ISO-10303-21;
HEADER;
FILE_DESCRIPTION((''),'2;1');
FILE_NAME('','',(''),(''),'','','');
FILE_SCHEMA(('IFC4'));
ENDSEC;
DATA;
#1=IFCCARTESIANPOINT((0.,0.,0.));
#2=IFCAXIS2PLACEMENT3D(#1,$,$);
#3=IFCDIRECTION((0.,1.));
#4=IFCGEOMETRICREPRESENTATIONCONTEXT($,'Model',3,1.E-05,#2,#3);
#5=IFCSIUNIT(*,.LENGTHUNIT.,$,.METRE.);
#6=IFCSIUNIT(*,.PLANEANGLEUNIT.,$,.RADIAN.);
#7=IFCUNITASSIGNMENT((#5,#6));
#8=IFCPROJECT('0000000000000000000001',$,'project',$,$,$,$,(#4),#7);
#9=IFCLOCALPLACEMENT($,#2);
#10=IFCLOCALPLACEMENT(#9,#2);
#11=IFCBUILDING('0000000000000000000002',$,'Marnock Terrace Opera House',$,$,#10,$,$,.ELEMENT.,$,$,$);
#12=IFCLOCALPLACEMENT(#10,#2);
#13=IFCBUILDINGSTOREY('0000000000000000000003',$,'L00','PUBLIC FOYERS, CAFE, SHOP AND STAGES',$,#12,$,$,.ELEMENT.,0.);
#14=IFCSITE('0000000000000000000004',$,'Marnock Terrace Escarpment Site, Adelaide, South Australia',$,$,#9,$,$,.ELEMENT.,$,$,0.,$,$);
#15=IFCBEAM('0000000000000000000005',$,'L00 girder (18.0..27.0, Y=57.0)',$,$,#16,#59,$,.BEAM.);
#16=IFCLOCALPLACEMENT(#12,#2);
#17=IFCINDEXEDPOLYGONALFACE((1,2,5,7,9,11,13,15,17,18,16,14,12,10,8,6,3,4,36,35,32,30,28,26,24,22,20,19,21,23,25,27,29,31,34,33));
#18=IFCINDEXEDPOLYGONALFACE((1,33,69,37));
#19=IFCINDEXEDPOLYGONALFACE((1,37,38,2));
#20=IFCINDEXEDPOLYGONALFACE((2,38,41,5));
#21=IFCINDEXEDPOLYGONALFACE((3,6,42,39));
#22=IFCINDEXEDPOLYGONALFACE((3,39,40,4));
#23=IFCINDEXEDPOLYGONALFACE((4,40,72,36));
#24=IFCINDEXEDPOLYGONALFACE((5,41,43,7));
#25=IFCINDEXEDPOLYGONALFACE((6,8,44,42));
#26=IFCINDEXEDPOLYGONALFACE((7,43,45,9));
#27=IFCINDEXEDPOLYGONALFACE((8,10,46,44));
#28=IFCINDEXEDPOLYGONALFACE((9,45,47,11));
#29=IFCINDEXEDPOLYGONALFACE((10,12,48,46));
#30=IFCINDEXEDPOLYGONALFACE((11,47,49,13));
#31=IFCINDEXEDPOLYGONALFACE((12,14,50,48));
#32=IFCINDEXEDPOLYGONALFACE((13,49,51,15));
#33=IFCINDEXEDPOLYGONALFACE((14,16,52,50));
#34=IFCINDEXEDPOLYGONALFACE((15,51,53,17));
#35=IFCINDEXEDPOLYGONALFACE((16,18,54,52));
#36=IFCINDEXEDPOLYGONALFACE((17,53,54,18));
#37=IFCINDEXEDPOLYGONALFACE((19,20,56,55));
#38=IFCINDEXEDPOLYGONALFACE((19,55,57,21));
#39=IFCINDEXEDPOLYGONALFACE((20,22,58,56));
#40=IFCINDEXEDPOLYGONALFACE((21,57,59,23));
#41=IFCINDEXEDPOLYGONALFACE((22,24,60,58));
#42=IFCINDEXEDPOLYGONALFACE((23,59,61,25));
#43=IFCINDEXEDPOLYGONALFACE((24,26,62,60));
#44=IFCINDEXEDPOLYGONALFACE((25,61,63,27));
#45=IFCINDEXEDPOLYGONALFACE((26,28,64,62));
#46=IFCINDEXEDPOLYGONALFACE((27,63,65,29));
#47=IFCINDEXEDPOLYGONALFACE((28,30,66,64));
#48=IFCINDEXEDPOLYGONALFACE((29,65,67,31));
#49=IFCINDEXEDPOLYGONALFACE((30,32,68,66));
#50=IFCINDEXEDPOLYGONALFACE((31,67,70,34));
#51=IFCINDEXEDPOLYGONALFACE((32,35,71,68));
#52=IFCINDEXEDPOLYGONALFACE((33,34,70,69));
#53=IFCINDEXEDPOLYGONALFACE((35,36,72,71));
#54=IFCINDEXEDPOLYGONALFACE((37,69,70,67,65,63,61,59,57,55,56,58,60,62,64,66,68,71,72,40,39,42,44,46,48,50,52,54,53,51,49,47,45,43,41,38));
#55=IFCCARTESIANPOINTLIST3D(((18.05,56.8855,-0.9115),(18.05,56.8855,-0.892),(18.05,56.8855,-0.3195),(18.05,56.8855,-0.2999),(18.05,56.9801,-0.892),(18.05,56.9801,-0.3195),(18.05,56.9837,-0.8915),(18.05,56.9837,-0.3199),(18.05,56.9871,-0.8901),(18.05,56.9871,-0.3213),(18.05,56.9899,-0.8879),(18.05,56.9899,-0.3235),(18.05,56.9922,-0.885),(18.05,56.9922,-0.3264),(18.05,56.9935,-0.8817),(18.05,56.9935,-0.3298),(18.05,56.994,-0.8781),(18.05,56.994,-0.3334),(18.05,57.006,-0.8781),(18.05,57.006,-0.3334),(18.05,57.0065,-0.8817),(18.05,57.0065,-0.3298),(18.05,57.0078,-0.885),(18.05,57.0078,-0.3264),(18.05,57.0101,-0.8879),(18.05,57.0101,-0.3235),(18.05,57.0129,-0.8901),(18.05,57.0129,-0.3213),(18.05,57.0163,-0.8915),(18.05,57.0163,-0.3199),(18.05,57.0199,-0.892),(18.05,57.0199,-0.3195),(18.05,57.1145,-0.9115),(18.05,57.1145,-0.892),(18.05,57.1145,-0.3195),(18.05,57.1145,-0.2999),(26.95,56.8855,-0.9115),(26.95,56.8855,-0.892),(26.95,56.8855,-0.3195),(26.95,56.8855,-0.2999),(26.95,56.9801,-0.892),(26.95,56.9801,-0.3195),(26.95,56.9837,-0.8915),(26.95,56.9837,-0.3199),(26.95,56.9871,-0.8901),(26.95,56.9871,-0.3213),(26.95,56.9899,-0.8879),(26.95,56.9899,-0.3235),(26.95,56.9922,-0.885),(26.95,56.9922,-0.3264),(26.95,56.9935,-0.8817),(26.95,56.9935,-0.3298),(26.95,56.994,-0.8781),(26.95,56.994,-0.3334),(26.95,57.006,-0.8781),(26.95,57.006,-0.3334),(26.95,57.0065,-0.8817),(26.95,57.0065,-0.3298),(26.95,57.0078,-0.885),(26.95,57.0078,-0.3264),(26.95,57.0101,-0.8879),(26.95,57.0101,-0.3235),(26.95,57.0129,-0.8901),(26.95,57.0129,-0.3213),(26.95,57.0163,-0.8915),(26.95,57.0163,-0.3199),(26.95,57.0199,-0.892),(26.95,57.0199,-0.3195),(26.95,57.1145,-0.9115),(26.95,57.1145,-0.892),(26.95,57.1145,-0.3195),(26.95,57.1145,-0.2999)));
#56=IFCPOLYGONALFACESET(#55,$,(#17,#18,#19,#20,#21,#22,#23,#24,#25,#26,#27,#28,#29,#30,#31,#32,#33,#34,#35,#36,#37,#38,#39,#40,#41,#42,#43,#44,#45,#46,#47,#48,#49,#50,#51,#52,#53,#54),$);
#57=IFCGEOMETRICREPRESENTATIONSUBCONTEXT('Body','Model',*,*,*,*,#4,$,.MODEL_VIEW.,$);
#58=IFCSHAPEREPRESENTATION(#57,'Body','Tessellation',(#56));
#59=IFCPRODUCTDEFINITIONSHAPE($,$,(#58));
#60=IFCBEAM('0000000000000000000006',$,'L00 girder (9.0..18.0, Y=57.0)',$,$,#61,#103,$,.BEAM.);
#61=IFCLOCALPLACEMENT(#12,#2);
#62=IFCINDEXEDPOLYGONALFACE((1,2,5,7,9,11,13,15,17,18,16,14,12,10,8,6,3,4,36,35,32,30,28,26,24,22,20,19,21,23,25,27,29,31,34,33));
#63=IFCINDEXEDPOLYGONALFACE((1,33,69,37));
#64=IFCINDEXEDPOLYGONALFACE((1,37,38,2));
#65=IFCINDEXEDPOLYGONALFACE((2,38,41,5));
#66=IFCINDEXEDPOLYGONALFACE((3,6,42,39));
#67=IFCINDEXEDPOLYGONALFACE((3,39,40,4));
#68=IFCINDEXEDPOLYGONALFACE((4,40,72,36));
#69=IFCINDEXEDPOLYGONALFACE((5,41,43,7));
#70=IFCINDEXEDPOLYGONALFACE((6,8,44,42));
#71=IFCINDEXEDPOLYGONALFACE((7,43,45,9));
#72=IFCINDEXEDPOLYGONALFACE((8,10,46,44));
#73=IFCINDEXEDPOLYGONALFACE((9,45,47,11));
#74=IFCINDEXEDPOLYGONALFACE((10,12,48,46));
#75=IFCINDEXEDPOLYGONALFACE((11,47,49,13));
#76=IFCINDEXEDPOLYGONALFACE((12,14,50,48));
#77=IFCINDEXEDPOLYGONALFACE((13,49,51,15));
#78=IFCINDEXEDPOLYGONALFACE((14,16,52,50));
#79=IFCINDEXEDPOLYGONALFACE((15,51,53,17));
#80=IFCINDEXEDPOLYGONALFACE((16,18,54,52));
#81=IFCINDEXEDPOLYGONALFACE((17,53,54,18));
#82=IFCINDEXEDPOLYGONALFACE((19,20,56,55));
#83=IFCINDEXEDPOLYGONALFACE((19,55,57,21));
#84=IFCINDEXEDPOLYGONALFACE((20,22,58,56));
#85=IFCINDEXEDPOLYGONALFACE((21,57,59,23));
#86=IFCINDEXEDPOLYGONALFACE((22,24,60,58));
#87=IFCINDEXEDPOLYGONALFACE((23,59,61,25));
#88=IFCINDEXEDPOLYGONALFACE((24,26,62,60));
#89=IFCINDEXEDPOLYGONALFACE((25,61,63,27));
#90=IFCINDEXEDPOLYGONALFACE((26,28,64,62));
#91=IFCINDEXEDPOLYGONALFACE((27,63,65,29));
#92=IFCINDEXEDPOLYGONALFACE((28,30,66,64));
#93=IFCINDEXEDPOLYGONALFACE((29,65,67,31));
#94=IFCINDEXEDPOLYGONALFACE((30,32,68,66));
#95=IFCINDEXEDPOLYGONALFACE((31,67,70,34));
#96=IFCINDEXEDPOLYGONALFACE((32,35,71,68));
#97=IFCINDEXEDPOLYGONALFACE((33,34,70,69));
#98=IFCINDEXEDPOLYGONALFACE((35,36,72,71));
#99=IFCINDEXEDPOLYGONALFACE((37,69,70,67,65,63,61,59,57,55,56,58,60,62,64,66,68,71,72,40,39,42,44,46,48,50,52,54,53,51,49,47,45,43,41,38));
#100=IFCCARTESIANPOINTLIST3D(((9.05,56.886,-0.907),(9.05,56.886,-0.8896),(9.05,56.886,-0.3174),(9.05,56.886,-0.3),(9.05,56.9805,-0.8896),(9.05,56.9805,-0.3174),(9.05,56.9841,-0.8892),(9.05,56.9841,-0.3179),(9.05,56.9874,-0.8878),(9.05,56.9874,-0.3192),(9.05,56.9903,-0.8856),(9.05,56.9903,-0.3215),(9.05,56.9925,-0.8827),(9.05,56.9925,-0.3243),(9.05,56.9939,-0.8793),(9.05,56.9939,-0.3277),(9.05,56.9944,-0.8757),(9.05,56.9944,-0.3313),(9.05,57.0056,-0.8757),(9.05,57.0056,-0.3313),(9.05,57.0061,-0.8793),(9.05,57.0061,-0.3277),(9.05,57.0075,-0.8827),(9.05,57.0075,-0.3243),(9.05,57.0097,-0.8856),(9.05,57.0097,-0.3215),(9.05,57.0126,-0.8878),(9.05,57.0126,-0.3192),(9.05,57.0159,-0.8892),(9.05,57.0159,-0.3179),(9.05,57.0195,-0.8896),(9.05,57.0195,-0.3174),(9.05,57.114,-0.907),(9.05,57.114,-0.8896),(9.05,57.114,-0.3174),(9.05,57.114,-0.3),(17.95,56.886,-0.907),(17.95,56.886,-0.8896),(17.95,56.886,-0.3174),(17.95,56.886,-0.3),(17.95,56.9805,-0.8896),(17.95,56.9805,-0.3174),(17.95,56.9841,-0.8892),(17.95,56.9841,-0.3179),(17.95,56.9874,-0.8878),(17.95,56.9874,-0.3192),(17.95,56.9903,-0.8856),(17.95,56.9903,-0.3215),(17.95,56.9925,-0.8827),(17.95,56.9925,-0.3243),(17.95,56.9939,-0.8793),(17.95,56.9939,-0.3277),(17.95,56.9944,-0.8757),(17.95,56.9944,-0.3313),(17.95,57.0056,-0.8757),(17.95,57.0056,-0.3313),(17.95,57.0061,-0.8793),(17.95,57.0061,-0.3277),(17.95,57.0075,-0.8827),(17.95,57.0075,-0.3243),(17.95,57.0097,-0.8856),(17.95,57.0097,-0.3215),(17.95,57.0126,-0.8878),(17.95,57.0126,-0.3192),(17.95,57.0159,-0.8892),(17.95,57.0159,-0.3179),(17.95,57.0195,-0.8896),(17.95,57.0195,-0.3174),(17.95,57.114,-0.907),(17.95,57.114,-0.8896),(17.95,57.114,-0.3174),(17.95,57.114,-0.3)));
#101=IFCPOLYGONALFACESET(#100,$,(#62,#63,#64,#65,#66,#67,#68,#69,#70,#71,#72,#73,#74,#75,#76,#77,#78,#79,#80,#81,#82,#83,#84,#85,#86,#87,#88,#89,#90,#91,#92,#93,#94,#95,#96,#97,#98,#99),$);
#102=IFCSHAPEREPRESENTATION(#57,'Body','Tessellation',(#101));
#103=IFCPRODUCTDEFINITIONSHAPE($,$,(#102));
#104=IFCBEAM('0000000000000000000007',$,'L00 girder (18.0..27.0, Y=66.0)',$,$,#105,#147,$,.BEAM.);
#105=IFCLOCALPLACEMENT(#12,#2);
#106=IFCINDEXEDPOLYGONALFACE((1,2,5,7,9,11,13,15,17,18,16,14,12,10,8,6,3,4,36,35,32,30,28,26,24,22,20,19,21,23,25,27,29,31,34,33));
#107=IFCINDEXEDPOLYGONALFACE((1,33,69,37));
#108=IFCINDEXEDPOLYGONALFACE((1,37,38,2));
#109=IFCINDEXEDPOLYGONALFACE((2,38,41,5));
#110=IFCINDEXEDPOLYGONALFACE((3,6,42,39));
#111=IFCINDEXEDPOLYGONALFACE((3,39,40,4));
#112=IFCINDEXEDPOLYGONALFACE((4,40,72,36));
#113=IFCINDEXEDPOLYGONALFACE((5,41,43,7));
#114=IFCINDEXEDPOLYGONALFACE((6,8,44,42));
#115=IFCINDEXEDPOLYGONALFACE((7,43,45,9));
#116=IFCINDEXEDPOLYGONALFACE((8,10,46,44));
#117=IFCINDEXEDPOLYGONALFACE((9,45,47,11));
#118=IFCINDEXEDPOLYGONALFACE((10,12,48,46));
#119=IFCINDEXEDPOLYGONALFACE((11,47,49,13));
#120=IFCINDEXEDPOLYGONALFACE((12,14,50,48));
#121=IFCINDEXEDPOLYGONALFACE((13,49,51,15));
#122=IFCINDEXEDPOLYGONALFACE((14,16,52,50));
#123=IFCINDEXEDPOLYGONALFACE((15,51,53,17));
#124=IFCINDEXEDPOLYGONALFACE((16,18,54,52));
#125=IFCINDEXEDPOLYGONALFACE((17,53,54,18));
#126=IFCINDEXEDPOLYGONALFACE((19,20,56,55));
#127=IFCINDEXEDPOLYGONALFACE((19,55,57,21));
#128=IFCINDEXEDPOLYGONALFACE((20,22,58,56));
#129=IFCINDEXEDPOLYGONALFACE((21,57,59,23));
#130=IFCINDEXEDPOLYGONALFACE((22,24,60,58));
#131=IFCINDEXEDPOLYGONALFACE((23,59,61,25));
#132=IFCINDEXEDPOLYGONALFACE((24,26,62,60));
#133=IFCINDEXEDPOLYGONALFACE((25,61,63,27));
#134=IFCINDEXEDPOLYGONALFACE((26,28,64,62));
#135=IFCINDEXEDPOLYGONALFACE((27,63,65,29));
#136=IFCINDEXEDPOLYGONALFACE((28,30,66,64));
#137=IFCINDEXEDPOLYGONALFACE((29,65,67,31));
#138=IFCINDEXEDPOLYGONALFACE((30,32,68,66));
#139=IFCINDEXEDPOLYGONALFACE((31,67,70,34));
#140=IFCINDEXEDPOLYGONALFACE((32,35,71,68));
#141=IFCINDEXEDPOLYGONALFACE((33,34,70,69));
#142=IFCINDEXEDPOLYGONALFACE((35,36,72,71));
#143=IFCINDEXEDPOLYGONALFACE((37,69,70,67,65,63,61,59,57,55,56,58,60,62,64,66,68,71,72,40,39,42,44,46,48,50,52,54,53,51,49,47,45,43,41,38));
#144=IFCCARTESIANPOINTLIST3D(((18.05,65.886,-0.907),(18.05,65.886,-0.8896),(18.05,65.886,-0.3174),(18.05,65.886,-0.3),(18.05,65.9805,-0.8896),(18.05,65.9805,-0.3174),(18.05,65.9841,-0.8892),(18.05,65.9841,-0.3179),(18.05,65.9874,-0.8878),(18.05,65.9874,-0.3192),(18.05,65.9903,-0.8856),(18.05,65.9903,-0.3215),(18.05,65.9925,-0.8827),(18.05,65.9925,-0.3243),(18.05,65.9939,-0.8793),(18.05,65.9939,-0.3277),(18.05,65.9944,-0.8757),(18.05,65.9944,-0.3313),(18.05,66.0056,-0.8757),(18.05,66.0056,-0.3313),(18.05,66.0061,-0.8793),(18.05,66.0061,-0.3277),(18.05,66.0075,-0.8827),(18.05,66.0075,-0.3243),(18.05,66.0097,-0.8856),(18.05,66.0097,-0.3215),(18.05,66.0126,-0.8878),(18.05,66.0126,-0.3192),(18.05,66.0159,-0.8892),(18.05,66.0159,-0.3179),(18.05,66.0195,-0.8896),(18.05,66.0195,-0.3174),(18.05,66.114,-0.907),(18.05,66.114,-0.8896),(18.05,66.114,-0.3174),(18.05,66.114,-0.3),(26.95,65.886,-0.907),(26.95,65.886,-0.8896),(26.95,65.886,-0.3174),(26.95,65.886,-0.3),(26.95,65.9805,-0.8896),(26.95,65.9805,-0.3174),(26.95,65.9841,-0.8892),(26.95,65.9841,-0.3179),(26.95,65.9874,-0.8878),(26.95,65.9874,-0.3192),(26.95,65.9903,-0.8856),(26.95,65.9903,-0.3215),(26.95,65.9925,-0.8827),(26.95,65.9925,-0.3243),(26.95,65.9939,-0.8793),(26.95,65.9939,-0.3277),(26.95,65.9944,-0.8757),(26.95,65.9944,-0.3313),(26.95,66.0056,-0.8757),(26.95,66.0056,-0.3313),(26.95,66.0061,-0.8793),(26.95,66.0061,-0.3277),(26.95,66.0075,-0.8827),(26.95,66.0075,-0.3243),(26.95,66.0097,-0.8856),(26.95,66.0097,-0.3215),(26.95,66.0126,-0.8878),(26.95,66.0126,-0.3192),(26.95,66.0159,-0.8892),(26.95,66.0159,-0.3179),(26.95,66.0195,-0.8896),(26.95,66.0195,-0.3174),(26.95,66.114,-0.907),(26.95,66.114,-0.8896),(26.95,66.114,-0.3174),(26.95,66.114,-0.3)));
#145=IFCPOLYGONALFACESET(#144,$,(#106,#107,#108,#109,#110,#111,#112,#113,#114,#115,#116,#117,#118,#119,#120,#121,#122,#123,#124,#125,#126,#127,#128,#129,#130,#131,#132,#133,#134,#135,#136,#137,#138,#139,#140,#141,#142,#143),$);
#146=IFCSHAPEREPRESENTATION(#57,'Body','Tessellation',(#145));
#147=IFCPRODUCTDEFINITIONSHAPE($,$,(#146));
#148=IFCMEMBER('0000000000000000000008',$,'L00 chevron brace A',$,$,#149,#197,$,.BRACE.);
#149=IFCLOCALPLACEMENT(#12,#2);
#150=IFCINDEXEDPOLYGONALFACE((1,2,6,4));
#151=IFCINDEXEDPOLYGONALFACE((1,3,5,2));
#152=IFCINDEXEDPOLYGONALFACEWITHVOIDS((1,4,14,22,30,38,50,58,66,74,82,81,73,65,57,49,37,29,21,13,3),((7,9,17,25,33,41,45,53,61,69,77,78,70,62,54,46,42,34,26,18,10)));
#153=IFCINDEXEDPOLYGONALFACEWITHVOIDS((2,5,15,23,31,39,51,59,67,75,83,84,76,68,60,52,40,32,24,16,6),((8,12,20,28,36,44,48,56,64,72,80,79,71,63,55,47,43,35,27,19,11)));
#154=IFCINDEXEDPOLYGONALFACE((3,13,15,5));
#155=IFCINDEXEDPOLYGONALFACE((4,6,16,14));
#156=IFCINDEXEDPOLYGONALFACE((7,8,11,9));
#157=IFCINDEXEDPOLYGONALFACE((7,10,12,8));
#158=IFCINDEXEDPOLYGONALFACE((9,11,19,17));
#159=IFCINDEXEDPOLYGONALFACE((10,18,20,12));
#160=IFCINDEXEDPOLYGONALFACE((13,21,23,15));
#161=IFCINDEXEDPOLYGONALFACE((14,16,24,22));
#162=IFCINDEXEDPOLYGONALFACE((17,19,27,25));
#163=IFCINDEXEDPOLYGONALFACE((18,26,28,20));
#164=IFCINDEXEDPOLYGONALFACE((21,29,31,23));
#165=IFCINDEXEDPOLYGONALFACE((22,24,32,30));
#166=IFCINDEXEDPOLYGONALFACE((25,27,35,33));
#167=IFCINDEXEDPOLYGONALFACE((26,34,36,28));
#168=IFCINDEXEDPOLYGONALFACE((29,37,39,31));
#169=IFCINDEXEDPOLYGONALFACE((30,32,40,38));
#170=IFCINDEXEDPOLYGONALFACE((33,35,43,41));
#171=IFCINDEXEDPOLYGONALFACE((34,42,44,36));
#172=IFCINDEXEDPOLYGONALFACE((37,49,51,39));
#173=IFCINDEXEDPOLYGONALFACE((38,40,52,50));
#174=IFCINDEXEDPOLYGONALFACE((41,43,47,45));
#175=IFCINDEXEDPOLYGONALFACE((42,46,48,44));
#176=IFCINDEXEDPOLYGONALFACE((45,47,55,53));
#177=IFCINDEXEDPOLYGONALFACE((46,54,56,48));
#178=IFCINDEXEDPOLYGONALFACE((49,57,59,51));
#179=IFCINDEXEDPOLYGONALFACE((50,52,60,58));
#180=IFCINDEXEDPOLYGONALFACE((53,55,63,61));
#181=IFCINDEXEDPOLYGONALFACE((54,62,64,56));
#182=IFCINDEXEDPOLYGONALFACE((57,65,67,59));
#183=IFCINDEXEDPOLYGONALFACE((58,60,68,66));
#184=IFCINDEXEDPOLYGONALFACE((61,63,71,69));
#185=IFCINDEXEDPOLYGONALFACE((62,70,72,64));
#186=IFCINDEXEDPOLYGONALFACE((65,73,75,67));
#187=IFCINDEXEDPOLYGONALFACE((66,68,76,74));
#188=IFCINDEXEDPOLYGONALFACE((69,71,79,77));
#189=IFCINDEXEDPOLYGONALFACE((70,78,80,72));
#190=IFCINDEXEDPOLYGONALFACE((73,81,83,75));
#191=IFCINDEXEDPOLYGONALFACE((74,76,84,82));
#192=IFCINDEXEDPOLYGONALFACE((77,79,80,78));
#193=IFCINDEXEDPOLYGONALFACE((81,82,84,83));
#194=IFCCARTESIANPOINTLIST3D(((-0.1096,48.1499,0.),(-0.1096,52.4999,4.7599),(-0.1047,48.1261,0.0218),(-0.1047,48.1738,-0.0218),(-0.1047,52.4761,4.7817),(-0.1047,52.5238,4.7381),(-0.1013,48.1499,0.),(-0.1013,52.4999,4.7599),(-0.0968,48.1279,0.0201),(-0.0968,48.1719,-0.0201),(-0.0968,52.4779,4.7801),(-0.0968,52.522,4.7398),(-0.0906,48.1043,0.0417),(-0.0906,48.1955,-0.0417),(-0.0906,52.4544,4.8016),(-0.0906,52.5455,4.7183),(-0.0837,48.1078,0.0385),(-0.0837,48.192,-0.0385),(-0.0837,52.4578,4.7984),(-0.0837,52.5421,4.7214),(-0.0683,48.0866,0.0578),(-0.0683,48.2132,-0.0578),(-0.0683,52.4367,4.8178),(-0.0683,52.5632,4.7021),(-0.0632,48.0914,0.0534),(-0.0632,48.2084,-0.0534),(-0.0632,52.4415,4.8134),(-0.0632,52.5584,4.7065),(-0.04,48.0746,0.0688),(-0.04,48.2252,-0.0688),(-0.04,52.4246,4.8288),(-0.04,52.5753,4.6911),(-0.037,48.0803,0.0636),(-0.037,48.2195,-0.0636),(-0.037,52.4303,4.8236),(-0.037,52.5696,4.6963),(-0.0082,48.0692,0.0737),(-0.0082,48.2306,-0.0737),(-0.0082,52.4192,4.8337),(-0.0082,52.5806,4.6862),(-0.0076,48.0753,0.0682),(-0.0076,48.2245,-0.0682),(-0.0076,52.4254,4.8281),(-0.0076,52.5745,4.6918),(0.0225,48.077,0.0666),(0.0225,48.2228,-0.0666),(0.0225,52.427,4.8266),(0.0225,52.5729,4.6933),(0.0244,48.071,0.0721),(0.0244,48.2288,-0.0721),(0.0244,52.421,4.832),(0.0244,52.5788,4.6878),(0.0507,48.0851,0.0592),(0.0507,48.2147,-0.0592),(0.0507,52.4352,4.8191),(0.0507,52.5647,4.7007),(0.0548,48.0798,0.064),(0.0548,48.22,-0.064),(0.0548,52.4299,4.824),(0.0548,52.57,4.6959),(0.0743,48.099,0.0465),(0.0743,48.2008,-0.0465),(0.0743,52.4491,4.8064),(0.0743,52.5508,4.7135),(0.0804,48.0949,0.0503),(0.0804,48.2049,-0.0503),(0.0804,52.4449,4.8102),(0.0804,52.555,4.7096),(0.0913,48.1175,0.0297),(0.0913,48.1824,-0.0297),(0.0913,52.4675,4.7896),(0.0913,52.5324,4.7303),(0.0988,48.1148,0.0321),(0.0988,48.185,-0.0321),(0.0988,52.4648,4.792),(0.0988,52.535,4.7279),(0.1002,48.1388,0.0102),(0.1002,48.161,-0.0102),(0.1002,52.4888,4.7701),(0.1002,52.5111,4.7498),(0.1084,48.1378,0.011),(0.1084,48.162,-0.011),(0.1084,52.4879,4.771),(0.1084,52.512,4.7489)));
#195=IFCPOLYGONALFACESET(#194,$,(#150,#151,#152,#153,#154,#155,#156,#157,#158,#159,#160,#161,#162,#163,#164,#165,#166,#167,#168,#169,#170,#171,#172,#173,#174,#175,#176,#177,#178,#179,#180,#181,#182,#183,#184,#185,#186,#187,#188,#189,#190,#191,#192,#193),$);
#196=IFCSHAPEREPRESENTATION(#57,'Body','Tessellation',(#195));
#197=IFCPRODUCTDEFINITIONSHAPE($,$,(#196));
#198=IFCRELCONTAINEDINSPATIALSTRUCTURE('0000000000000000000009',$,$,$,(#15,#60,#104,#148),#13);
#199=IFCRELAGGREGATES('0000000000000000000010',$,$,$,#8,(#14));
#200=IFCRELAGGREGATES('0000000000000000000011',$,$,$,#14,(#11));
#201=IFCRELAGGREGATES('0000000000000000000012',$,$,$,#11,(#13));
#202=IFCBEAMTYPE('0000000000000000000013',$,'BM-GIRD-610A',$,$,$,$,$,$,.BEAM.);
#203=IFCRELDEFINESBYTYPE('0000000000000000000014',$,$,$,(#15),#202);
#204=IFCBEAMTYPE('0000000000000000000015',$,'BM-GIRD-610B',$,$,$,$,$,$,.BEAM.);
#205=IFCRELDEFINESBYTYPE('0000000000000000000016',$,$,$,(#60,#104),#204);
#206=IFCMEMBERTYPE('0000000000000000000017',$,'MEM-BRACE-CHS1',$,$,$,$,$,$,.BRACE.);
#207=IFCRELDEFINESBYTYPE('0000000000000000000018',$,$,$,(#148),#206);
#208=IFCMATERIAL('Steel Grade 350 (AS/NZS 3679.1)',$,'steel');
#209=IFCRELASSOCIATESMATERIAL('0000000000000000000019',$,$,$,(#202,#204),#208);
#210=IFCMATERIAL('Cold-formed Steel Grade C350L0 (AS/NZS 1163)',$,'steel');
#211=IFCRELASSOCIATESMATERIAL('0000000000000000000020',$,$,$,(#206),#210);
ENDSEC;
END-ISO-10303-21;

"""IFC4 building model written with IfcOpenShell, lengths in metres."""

from ifc_helpers import new_model, si_unit, direction, frame, origin, origin_2d, place, context, subcontext, project, spatial, hollow_circle, i_section, extrude, material, material_profile, profile_set, type_object, element, save


model = new_model("IFC4")

# Units and contexts
model_context = context("Model", 3, precision=1e-05, world=origin(), true_north=direction((0.0, 1.0)))
body_context = subcontext(model_context, "Body", "Model", "MODEL_VIEW")
ifc_project = project(units=[si_unit("LENGTHUNIT", "METRE"), si_unit("PLANEANGLEUNIT", "RADIAN")], contexts=[model_context])

# Site, building, storey
site_placement = place(None, origin())
site = spatial("IfcSite", under=ifc_project, at=site_placement, Name="Marnock Terrace Escarpment Site, Adelaide, South Australia", CompositionType="ELEMENT", RefElevation=0.0)
building_placement = place(site_placement, origin())
building = spatial("IfcBuilding", under=site, at=building_placement, Name="Marnock Terrace Opera House", CompositionType="ELEMENT")
storey_placement = place(building_placement, origin())
storey = spatial("IfcBuildingStorey", under=building, at=storey_placement, Name="L00", Description="PUBLIC FOYERS, CAFE, SHOP AND STAGES", CompositionType="ELEMENT", Elevation=0.0)

# Shared definitions
ifc_material_1 = material(Name="Steel Grade 350 (AS/NZS 3679.1)", Category="steel")

# Beams
ifc_material_profile_1 = material_profile(ifc_material_1, i_section(OverallWidth=0.229, OverallDepth=0.6116, WebThickness=0.012, FlangeThickness=0.0195, FilletRadius=0.0139, at=origin_2d()))
ifc_profile_set_1 = profile_set([ifc_material_profile_1], Name="Steel Grade 350 (AS/NZS 3679.1)")
beam_type_1 = type_object("IfcBeamType", Name="BM-GIRD-610A", PredefinedType="BEAM", material=ifc_profile_set_1)
beam_1_placement = place(storey_placement, frame((18.05, 57.0, -0.6057), z_axis=(1.0, 0.0, 0.0), x_axis=(0.0, 1.0, 0.0)))
element("IfcBeam", 1, at=beam_1_placement, inside=storey, type_object=beam_type_1, Name="L00 girder (18.0..27.0, Y=57.0)", PredefinedType="BEAM", context=body_context, shape_type="SweptSolid", body=[
    extrude(i_section(OverallWidth=0.229, OverallDepth=0.6116, WebThickness=0.012, FlangeThickness=0.0195, FilletRadius=0.0139, at=origin_2d()), origin(), (0.0, 0.0, 1.0), 8.8999),
])
ifc_material_profile_2 = material_profile(ifc_material_1, i_section(OverallWidth=0.228, OverallDepth=0.6069, WebThickness=0.0112, FlangeThickness=0.0173, FilletRadius=0.0139, at=origin_2d()))
ifc_profile_set_2 = profile_set([ifc_material_profile_2], Name="Steel Grade 350 (AS/NZS 3679.1)")
beam_type_2 = type_object("IfcBeamType", Name="BM-GIRD-610B", PredefinedType="BEAM", material=ifc_profile_set_2)
for number, where, z_axis, x_axis, name in (
    (2, (9.05, 57.0, -0.6035), (1.0, 0.0, 0.0), (0.0, 1.0, 0.0), "L00 girder (9.0..18.0, Y=57.0)"),
    (3, (18.05, 66.0, -0.6035), (1.0, 0.0, 0.0), (0.0, 1.0, 0.0), "L00 girder (18.0..27.0, Y=66.0)"),
):
    element("IfcBeam", number, at=place(storey_placement, frame(where, z_axis=z_axis, x_axis=x_axis)), inside=storey, type_object=beam_type_2, Name=name, PredefinedType="BEAM", context=body_context, shape_type="SweptSolid", body=[
        extrude(i_section(OverallWidth=0.228, OverallDepth=0.6069, WebThickness=0.0112, FlangeThickness=0.0173, FilletRadius=0.0139, at=origin_2d()), origin(), (0.0, 0.0, 1.0), 8.8999),
    ])

# Member
ifc_material_2 = material(Name="Cold-formed Steel Grade C350L0 (AS/NZS 1163)", Category="steel")
ifc_material_profile_3 = material_profile(ifc_material_2, hollow_circle(Radius=0.1096, WallThickness=0.0083, at=origin_2d()))
ifc_profile_set_3 = profile_set([ifc_material_profile_3], Name="Cold-formed Steel Grade C350L0 (AS/NZS 1163)")
member_type = type_object("IfcMemberType", Name="MEM-BRACE-CHS1", PredefinedType="BRACE", material=ifc_profile_set_3)
for number, where, z_axis, x_axis, name in (
    (4, (0.0, 48.1499, 0.0), (0.0, 0.674608, 0.738176), (-1.0, 0.0, 0.0), "L00 chevron brace A"),
):
    element("IfcMember", number, at=place(storey_placement, frame(where, z_axis=z_axis, x_axis=x_axis)), inside=storey, type_object=member_type, Name=name, PredefinedType="BRACE", context=body_context, shape_type="SweptSolid", body=[
        extrude(hollow_circle(Radius=0.1096, WallThickness=0.0083, at=origin_2d()), origin(), (0.0, 0.0, 1.0), 6.4482),
    ])

save(model, "model.ifc")
